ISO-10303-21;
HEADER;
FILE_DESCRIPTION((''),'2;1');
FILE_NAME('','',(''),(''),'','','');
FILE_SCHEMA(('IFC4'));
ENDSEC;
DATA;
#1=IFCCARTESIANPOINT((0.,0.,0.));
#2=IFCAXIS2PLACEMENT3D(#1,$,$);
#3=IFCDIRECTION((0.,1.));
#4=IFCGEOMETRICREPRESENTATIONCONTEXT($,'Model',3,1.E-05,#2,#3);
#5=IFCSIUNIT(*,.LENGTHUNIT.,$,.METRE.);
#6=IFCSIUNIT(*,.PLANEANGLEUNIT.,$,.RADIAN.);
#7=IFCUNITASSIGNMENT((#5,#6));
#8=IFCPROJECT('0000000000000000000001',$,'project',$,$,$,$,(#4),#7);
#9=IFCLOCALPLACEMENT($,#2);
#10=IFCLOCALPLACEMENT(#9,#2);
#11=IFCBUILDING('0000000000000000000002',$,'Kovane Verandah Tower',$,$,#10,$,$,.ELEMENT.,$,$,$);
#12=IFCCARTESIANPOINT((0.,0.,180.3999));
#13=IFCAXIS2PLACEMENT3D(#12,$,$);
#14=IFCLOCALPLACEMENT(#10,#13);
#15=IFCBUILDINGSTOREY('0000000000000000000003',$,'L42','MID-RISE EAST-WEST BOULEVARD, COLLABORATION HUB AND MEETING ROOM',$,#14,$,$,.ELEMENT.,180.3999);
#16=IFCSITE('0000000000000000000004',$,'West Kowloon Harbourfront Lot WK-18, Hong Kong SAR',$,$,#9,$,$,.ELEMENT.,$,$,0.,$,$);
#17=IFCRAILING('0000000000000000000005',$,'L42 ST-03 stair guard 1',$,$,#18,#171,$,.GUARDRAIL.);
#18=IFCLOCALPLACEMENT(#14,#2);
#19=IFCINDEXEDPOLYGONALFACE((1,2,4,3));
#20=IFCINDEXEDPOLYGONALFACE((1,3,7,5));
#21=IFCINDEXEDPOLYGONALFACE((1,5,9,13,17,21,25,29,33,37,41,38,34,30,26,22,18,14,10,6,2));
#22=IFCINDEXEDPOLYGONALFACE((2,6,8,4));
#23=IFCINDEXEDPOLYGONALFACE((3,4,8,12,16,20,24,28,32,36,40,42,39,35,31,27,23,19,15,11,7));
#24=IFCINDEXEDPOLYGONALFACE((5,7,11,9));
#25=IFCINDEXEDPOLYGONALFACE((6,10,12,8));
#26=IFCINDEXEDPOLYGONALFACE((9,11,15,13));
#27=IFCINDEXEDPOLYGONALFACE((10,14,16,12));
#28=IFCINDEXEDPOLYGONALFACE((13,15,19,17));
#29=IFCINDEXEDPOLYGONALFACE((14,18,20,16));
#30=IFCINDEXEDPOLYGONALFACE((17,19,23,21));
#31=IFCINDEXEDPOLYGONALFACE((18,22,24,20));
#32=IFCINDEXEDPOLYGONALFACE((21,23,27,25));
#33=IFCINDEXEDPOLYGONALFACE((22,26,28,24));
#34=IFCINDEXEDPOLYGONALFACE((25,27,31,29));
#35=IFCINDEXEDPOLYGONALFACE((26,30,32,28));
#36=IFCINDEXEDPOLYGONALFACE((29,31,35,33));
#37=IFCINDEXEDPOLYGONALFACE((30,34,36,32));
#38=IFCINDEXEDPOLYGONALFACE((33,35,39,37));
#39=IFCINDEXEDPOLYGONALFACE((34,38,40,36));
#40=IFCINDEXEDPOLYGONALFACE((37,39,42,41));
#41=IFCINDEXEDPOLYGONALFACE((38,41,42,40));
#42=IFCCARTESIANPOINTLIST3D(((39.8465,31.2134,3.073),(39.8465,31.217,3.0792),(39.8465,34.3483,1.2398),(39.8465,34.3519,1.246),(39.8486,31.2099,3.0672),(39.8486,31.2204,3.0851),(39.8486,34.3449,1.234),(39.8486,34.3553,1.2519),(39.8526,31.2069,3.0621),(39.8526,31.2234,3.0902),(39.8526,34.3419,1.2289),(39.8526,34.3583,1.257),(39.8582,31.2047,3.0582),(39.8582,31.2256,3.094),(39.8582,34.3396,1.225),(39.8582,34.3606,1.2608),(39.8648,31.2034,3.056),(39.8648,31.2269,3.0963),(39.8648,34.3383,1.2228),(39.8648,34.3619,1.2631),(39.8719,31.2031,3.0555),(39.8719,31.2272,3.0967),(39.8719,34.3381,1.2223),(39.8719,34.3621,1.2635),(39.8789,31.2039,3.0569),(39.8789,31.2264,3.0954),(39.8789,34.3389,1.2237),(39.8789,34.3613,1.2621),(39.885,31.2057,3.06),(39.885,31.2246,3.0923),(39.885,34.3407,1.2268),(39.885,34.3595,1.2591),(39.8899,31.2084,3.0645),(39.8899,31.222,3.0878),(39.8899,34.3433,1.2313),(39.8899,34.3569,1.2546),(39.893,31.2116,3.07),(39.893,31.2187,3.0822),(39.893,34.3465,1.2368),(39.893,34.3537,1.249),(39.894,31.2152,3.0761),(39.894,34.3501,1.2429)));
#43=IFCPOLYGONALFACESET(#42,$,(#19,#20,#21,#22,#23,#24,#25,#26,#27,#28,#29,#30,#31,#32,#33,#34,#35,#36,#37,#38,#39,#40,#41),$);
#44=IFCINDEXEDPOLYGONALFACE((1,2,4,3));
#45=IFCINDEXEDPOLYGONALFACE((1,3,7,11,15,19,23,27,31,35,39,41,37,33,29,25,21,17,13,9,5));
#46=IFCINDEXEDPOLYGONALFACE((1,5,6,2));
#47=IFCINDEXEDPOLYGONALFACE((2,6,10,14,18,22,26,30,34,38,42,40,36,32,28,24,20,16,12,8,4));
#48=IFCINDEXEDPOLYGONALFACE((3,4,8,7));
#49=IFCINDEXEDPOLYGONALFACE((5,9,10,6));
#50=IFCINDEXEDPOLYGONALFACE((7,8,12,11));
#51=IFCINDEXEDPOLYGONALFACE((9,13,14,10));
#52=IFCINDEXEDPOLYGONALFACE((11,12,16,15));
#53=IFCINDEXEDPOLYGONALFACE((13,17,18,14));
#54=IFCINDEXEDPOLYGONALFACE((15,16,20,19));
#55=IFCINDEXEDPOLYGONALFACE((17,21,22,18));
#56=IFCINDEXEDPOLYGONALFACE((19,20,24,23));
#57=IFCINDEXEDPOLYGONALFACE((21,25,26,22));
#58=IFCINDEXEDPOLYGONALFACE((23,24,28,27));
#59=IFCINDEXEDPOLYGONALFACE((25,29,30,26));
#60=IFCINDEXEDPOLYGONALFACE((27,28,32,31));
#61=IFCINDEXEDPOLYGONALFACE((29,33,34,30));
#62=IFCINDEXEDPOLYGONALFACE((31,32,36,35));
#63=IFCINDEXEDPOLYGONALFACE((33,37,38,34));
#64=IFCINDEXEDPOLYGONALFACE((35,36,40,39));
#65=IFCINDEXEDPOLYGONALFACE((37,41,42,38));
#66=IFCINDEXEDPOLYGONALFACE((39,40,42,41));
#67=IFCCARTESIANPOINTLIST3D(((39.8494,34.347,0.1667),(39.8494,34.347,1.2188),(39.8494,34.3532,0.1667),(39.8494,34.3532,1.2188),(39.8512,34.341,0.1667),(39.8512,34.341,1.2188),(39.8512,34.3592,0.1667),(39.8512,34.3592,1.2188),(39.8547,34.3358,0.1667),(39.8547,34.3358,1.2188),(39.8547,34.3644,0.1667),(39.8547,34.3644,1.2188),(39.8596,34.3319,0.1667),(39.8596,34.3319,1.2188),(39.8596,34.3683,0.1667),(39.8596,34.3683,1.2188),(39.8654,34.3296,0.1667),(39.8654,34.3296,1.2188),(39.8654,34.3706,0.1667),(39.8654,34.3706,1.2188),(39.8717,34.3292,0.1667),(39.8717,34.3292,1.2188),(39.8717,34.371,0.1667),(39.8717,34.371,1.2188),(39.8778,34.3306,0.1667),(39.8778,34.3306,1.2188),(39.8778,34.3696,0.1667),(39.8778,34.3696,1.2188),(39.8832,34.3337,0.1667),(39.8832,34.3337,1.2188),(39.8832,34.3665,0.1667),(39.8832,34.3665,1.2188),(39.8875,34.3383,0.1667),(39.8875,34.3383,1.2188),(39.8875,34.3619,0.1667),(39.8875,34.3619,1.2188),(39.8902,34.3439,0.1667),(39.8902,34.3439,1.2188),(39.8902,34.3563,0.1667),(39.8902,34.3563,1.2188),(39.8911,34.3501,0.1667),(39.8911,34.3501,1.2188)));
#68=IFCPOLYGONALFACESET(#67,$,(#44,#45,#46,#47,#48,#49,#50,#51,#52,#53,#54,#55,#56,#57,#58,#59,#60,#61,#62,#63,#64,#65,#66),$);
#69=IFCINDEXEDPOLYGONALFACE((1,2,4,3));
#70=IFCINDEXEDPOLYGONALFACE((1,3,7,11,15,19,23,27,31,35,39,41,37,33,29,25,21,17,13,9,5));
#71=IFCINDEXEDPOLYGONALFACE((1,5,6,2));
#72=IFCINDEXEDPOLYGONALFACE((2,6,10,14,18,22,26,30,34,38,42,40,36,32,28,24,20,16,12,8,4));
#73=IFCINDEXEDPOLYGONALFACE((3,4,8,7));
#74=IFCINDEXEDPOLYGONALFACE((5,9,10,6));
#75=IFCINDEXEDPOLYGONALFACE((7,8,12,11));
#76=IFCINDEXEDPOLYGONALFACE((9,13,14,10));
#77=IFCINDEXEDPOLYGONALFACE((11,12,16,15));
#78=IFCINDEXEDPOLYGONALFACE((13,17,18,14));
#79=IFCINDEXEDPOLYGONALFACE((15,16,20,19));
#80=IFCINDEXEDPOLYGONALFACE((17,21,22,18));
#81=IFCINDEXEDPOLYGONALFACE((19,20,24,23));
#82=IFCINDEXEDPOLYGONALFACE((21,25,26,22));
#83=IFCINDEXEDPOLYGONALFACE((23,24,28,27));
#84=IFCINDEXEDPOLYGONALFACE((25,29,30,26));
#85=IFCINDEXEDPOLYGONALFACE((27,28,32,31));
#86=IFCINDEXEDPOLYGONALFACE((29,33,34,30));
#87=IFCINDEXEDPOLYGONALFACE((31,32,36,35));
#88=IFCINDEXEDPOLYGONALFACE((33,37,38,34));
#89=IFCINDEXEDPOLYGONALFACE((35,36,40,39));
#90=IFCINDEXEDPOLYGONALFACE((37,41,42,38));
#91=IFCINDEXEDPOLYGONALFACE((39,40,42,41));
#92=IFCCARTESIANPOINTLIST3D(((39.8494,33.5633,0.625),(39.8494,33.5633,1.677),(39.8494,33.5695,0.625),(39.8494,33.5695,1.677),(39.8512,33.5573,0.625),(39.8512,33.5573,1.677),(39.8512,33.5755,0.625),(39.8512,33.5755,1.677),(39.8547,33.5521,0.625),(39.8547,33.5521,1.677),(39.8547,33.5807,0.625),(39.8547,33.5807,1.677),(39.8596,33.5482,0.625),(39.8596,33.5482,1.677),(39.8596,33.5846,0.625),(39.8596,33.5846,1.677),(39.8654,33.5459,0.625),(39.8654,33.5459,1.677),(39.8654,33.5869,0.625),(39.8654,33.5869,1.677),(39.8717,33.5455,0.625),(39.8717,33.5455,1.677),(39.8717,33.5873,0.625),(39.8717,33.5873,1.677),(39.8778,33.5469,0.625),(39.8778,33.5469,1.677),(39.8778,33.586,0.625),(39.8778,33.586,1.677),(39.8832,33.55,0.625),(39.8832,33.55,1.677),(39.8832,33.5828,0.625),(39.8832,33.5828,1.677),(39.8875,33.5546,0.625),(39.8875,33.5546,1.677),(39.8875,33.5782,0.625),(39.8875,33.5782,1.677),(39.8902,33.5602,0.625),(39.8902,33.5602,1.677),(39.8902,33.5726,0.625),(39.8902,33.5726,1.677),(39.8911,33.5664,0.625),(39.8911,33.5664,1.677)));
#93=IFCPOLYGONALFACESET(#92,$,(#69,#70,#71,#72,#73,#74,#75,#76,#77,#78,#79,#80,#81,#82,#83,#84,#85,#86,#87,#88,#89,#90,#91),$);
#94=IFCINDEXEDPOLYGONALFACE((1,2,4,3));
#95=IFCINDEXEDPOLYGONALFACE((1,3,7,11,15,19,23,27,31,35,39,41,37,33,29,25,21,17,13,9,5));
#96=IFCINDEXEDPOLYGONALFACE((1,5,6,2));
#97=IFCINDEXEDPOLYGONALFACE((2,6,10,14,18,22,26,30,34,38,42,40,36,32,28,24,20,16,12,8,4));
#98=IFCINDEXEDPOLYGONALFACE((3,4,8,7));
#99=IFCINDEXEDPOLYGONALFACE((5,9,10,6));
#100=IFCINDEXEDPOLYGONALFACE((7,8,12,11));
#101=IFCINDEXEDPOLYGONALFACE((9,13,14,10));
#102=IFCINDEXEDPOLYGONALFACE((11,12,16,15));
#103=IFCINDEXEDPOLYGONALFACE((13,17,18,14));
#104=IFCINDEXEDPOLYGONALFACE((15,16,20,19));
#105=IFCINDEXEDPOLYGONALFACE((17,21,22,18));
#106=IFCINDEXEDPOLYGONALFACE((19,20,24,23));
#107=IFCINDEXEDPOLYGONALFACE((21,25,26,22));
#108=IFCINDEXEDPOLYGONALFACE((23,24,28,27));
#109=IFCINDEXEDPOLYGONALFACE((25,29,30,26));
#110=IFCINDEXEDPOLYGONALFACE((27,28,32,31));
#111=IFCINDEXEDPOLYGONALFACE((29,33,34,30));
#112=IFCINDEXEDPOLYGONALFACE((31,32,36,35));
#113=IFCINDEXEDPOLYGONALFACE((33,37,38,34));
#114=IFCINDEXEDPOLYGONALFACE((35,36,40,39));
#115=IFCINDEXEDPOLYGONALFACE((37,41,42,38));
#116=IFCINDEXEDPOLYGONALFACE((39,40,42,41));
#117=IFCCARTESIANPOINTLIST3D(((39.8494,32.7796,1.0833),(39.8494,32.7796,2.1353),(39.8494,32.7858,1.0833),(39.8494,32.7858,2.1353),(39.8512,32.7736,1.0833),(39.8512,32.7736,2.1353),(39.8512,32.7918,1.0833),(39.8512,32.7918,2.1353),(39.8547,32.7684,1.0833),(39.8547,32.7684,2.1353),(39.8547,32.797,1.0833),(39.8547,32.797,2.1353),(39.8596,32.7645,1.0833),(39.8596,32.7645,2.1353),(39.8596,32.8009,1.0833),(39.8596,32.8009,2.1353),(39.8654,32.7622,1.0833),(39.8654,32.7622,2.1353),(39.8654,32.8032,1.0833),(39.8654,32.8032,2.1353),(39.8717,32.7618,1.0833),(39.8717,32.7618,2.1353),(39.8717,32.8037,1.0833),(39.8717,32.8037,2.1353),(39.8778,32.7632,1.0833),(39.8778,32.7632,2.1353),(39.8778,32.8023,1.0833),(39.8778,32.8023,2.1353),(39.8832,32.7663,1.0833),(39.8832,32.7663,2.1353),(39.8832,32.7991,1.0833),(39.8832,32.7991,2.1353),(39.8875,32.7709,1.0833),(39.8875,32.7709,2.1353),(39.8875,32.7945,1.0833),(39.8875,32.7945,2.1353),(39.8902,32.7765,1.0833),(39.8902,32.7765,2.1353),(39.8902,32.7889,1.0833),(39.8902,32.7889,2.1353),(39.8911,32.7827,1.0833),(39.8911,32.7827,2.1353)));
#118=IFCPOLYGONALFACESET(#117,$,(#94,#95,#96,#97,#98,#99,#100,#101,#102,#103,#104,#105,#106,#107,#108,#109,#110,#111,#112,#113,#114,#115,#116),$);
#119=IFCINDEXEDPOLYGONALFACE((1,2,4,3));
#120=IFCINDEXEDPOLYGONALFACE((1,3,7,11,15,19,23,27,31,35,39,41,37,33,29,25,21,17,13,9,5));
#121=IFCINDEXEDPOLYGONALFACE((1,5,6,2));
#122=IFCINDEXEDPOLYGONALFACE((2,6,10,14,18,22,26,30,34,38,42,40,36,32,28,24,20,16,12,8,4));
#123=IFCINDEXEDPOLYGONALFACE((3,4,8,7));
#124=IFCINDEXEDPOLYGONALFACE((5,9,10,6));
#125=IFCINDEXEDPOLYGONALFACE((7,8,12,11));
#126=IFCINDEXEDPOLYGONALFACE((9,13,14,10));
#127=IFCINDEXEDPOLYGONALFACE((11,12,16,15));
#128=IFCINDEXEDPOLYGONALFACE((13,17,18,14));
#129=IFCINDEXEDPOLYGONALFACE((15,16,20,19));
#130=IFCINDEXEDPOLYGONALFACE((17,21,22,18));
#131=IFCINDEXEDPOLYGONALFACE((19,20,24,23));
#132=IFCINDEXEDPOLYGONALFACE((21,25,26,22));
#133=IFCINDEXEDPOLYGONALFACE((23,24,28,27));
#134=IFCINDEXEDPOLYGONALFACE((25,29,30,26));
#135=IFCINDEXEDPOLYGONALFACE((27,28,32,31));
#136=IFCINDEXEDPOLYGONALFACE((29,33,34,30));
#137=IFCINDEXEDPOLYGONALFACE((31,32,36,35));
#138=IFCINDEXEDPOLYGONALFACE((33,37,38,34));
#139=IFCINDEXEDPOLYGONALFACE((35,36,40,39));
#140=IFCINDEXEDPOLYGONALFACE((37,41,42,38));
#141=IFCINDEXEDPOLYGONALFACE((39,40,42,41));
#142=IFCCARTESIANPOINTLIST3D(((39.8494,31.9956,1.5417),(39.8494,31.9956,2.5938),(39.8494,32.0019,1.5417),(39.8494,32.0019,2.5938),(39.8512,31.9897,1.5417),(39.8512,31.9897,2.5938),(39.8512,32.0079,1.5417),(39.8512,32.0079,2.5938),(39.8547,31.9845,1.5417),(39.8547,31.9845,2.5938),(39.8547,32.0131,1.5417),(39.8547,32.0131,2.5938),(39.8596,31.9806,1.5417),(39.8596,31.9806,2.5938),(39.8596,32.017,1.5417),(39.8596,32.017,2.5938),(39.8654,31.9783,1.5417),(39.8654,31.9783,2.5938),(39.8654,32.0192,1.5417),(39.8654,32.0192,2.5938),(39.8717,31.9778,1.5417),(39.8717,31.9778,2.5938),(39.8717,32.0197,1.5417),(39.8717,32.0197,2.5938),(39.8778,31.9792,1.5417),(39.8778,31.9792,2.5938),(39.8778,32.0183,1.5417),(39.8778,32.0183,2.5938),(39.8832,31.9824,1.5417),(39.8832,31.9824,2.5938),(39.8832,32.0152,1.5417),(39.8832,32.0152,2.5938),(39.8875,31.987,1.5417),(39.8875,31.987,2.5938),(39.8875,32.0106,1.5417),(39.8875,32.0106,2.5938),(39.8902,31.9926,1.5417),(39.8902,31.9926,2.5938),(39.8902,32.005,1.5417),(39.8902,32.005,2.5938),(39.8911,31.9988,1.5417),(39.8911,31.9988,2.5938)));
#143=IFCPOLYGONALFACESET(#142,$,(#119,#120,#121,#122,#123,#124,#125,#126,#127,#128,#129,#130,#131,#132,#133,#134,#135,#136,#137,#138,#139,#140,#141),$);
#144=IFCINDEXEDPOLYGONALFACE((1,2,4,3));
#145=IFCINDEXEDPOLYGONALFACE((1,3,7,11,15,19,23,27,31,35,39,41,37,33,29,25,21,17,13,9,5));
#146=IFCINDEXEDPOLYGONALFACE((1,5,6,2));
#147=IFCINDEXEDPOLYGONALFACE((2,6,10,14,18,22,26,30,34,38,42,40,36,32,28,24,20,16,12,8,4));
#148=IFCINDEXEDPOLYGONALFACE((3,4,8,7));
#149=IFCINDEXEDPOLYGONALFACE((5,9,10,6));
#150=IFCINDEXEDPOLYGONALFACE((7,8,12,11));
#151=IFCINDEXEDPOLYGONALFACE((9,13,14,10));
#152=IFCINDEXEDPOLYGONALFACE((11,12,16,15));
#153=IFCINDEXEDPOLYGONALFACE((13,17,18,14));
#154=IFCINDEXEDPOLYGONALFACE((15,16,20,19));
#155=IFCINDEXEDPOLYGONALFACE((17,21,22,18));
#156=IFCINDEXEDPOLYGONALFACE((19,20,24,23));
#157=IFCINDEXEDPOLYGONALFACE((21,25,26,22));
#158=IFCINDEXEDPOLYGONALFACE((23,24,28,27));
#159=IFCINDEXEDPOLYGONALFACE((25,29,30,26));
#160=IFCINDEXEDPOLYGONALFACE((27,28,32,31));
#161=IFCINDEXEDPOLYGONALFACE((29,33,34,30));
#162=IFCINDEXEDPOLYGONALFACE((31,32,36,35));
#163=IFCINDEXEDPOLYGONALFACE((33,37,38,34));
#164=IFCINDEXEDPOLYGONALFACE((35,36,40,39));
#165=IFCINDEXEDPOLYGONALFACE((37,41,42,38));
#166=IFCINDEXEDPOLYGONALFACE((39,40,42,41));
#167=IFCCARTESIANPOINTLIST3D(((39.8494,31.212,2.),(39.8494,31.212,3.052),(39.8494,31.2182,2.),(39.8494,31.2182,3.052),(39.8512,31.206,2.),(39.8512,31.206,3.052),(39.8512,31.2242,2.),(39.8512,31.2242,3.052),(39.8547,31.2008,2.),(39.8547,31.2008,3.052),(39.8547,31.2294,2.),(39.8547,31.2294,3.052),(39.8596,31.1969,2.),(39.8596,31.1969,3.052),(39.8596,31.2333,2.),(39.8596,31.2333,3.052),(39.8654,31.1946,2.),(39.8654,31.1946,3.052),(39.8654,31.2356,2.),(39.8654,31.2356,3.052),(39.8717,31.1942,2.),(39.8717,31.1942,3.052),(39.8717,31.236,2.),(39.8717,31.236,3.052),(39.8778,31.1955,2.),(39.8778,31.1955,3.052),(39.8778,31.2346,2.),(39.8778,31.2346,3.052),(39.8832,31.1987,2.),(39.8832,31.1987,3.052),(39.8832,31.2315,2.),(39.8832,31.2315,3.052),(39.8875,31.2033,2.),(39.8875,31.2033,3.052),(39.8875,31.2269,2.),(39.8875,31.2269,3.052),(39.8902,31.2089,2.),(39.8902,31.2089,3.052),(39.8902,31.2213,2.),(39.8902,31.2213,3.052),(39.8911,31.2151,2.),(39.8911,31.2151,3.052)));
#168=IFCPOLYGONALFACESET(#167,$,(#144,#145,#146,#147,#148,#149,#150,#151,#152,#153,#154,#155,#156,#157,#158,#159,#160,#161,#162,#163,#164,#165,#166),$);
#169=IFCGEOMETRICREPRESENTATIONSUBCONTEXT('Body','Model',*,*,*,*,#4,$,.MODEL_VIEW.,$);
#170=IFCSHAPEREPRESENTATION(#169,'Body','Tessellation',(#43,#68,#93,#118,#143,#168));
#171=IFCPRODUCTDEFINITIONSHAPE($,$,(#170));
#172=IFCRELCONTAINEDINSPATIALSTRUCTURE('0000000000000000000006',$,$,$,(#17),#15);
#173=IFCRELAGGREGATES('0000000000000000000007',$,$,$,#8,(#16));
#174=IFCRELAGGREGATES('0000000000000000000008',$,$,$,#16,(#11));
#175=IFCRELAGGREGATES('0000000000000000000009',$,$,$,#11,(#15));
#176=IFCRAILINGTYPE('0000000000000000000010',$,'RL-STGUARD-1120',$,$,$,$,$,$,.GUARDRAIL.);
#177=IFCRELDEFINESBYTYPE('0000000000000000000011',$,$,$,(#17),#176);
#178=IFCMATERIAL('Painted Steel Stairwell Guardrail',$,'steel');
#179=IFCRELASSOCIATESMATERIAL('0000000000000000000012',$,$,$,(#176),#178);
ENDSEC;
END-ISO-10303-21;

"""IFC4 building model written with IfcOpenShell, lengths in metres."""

from ifc_helpers import new_model, si_unit, direction, frame, origin, origin_2d, place, context, subcontext, project, spatial, circle, extrude, material, type_object, element, save


model = new_model("IFC4")

# Units and contexts
model_context = context("Model", 3, precision=1e-05, world=origin(), true_north=direction((0.0, 1.0)))
body_context = subcontext(model_context, "Body", "Model", "MODEL_VIEW")
ifc_project = project(units=[si_unit("LENGTHUNIT", "METRE"), si_unit("PLANEANGLEUNIT", "RADIAN")], contexts=[model_context])

# Site, building, storey
site_placement = place(None, origin())
site = spatial("IfcSite", under=ifc_project, at=site_placement, Name="West Kowloon Harbourfront Lot WK-18, Hong Kong SAR", CompositionType="ELEMENT", RefElevation=0.0)
building_placement = place(site_placement, origin())
building = spatial("IfcBuilding", under=site, at=building_placement, Name="Kovane Verandah Tower", CompositionType="ELEMENT")
storey_placement = place(building_placement, frame((0.0, 0.0, 180.3999)))
storey = spatial("IfcBuildingStorey", under=building, at=storey_placement, Name="L42", Description="MID-RISE EAST-WEST BOULEVARD, COLLABORATION HUB AND MEETING ROOM", CompositionType="ELEMENT", Elevation=180.3999)

# Railing
ifc_material_1 = material(Name="Painted Steel Stairwell Guardrail", Category="steel")
railing_type_1 = type_object("IfcRailingType", Name="RL-STGUARD-1120", PredefinedType="GUARDRAIL", material=ifc_material_1)
railing_1_placement = place(storey_placement, frame((39.8701, 34.3501, 0.1667)))
element("IfcRailing", 1, at=railing_1_placement, inside=storey, type_object=railing_type_1, Name="L42 ST-03 stair guard 1", PredefinedType="GUARDRAIL", context=body_context, shape_type="SweptSolid", body=[
    extrude(circle(Radius=0.0239, at=origin_2d()), frame((0.0, 0.0, 1.0762), z_axis=(0.0, -0.86324, 0.504794), x_axis=(1.0, 0.0, 0.0)), (0.0, 0.0, 1.0), 3.6316),
    extrude(circle(Radius=0.021, at=origin_2d()), origin(), (0.0, 0.0, 1.0), 1.052),
    extrude(circle(Radius=0.021, at=origin_2d()), frame((0.0, -0.7837, 0.4583)), (0.0, 0.0, 1.0), 1.052),
    extrude(circle(Radius=0.021, at=origin_2d()), frame((0.0, -1.5674, 0.9165)), (0.0, 0.0, 1.0), 1.052),
    extrude(circle(Radius=0.021, at=origin_2d()), frame((0.0, -2.3513, 1.375)), (0.0, 0.0, 1.0), 1.052),
    extrude(circle(Radius=0.021, at=origin_2d()), frame((0.0, -3.135, 1.8333)), (0.0, 0.0, 1.0), 1.052),
])

save(model, "model.ifc")
